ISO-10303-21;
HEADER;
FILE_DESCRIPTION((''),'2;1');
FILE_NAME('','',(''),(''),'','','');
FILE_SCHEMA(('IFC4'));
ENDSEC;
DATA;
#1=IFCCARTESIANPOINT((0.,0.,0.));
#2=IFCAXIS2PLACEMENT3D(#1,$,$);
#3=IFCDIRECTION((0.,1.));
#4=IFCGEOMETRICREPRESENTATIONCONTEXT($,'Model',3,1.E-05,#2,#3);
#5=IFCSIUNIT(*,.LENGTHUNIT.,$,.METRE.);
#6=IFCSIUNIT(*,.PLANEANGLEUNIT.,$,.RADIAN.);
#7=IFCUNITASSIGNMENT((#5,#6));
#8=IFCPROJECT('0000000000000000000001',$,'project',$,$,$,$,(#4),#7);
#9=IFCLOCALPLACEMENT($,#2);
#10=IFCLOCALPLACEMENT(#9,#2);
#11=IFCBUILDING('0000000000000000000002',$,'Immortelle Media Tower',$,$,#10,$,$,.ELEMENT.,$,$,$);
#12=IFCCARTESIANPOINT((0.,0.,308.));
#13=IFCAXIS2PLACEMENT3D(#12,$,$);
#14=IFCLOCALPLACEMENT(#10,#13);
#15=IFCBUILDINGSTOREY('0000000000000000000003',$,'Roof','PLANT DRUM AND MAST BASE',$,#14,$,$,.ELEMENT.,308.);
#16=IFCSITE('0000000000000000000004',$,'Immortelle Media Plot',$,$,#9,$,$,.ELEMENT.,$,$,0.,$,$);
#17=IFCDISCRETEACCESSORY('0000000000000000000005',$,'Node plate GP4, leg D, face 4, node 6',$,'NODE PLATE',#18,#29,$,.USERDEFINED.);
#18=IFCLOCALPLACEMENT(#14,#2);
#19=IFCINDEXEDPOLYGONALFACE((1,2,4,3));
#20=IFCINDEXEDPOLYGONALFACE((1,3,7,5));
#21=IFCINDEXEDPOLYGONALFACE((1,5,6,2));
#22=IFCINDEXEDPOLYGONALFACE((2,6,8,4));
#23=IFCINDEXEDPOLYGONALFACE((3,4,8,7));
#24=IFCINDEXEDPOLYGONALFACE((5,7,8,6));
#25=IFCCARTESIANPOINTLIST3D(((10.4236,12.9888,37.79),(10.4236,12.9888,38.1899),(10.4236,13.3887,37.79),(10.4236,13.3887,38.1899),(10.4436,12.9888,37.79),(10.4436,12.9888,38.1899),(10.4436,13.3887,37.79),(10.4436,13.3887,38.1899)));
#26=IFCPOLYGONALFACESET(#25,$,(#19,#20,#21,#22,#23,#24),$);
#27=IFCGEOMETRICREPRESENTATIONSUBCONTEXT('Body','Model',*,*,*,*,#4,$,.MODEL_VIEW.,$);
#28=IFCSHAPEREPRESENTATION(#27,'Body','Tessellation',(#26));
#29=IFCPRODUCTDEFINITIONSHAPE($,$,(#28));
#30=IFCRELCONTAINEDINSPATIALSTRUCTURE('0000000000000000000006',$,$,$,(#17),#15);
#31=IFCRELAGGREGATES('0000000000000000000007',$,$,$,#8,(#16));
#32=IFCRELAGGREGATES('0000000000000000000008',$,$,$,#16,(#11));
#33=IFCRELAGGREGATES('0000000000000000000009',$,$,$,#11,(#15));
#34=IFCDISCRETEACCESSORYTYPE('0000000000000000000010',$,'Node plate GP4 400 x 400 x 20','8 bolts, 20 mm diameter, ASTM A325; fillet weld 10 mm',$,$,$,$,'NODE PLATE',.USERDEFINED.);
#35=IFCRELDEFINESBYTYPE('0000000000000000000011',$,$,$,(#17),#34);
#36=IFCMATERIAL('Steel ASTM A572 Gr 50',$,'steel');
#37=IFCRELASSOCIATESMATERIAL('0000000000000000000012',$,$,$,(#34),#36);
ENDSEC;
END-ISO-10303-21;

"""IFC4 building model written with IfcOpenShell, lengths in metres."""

from ifc_helpers import new_model, si_unit, direction, frame, origin, origin_2d, place, context, subcontext, project, spatial, rectangle, extrude, material, material_profile, profile_set, type_object, element, save


model = new_model("IFC4")

# Units and contexts
model_context = context("Model", 3, precision=1e-05, world=origin(), true_north=direction((0.0, 1.0)))
body_context = subcontext(model_context, "Body", "Model", "MODEL_VIEW")
ifc_project = project(units=[si_unit("LENGTHUNIT", "METRE"), si_unit("PLANEANGLEUNIT", "RADIAN")], contexts=[model_context])

# Site, building, storey
site_placement = place(None, origin())
site = spatial("IfcSite", under=ifc_project, at=site_placement, Name="Immortelle Media Plot", CompositionType="ELEMENT", RefElevation=0.0)
building_placement = place(site_placement, origin())
building = spatial("IfcBuilding", under=site, at=building_placement, Name="Immortelle Media Tower", CompositionType="ELEMENT")
storey_placement = place(building_placement, frame((0.0, 0.0, 308.0)))
storey = spatial("IfcBuildingStorey", under=building, at=storey_placement, Name="Roof", Description="PLANT DRUM AND MAST BASE", CompositionType="ELEMENT", Elevation=308.0)

# Discrete accessory
ifc_material_1 = material(Name="Steel ASTM A572 Gr 50", Category="steel")
ifc_material_profile_1 = material_profile(ifc_material_1, rectangle(XDim=0.02, YDim=0.3999, at=origin_2d()), Name="PL 20 x 400")
ifc_profile_set_1 = profile_set([ifc_material_profile_1], Name="Steel ASTM A572 Gr 50")
discrete_accessory_type = type_object("IfcDiscreteAccessoryType", Name="Node plate GP4 400 x 400 x 20", Description="8 bolts, 20 mm diameter, ASTM A325; fillet weld 10 mm", ElementType="NODE PLATE", PredefinedType="USERDEFINED", material=ifc_profile_set_1)
discrete_accessory_1_placement = place(storey_placement, frame((10.4336, 13.3887, 37.99), z_axis=(0.0, -1.0, 0.0), x_axis=(1.0, 0.0, 0.0)))
element("IfcDiscreteAccessory", 1, at=discrete_accessory_1_placement, inside=storey, type_object=discrete_accessory_type, Name="Node plate GP4, leg D, face 4, node 6", ObjectType="NODE PLATE", PredefinedType="USERDEFINED", context=body_context, shape_type="SweptSolid", body=[
    extrude(rectangle(XDim=0.02, YDim=0.3999, at=origin_2d()), origin(), (0.0, 0.0, 1.0), 0.3999),
])

save(model, "model.ifc")
